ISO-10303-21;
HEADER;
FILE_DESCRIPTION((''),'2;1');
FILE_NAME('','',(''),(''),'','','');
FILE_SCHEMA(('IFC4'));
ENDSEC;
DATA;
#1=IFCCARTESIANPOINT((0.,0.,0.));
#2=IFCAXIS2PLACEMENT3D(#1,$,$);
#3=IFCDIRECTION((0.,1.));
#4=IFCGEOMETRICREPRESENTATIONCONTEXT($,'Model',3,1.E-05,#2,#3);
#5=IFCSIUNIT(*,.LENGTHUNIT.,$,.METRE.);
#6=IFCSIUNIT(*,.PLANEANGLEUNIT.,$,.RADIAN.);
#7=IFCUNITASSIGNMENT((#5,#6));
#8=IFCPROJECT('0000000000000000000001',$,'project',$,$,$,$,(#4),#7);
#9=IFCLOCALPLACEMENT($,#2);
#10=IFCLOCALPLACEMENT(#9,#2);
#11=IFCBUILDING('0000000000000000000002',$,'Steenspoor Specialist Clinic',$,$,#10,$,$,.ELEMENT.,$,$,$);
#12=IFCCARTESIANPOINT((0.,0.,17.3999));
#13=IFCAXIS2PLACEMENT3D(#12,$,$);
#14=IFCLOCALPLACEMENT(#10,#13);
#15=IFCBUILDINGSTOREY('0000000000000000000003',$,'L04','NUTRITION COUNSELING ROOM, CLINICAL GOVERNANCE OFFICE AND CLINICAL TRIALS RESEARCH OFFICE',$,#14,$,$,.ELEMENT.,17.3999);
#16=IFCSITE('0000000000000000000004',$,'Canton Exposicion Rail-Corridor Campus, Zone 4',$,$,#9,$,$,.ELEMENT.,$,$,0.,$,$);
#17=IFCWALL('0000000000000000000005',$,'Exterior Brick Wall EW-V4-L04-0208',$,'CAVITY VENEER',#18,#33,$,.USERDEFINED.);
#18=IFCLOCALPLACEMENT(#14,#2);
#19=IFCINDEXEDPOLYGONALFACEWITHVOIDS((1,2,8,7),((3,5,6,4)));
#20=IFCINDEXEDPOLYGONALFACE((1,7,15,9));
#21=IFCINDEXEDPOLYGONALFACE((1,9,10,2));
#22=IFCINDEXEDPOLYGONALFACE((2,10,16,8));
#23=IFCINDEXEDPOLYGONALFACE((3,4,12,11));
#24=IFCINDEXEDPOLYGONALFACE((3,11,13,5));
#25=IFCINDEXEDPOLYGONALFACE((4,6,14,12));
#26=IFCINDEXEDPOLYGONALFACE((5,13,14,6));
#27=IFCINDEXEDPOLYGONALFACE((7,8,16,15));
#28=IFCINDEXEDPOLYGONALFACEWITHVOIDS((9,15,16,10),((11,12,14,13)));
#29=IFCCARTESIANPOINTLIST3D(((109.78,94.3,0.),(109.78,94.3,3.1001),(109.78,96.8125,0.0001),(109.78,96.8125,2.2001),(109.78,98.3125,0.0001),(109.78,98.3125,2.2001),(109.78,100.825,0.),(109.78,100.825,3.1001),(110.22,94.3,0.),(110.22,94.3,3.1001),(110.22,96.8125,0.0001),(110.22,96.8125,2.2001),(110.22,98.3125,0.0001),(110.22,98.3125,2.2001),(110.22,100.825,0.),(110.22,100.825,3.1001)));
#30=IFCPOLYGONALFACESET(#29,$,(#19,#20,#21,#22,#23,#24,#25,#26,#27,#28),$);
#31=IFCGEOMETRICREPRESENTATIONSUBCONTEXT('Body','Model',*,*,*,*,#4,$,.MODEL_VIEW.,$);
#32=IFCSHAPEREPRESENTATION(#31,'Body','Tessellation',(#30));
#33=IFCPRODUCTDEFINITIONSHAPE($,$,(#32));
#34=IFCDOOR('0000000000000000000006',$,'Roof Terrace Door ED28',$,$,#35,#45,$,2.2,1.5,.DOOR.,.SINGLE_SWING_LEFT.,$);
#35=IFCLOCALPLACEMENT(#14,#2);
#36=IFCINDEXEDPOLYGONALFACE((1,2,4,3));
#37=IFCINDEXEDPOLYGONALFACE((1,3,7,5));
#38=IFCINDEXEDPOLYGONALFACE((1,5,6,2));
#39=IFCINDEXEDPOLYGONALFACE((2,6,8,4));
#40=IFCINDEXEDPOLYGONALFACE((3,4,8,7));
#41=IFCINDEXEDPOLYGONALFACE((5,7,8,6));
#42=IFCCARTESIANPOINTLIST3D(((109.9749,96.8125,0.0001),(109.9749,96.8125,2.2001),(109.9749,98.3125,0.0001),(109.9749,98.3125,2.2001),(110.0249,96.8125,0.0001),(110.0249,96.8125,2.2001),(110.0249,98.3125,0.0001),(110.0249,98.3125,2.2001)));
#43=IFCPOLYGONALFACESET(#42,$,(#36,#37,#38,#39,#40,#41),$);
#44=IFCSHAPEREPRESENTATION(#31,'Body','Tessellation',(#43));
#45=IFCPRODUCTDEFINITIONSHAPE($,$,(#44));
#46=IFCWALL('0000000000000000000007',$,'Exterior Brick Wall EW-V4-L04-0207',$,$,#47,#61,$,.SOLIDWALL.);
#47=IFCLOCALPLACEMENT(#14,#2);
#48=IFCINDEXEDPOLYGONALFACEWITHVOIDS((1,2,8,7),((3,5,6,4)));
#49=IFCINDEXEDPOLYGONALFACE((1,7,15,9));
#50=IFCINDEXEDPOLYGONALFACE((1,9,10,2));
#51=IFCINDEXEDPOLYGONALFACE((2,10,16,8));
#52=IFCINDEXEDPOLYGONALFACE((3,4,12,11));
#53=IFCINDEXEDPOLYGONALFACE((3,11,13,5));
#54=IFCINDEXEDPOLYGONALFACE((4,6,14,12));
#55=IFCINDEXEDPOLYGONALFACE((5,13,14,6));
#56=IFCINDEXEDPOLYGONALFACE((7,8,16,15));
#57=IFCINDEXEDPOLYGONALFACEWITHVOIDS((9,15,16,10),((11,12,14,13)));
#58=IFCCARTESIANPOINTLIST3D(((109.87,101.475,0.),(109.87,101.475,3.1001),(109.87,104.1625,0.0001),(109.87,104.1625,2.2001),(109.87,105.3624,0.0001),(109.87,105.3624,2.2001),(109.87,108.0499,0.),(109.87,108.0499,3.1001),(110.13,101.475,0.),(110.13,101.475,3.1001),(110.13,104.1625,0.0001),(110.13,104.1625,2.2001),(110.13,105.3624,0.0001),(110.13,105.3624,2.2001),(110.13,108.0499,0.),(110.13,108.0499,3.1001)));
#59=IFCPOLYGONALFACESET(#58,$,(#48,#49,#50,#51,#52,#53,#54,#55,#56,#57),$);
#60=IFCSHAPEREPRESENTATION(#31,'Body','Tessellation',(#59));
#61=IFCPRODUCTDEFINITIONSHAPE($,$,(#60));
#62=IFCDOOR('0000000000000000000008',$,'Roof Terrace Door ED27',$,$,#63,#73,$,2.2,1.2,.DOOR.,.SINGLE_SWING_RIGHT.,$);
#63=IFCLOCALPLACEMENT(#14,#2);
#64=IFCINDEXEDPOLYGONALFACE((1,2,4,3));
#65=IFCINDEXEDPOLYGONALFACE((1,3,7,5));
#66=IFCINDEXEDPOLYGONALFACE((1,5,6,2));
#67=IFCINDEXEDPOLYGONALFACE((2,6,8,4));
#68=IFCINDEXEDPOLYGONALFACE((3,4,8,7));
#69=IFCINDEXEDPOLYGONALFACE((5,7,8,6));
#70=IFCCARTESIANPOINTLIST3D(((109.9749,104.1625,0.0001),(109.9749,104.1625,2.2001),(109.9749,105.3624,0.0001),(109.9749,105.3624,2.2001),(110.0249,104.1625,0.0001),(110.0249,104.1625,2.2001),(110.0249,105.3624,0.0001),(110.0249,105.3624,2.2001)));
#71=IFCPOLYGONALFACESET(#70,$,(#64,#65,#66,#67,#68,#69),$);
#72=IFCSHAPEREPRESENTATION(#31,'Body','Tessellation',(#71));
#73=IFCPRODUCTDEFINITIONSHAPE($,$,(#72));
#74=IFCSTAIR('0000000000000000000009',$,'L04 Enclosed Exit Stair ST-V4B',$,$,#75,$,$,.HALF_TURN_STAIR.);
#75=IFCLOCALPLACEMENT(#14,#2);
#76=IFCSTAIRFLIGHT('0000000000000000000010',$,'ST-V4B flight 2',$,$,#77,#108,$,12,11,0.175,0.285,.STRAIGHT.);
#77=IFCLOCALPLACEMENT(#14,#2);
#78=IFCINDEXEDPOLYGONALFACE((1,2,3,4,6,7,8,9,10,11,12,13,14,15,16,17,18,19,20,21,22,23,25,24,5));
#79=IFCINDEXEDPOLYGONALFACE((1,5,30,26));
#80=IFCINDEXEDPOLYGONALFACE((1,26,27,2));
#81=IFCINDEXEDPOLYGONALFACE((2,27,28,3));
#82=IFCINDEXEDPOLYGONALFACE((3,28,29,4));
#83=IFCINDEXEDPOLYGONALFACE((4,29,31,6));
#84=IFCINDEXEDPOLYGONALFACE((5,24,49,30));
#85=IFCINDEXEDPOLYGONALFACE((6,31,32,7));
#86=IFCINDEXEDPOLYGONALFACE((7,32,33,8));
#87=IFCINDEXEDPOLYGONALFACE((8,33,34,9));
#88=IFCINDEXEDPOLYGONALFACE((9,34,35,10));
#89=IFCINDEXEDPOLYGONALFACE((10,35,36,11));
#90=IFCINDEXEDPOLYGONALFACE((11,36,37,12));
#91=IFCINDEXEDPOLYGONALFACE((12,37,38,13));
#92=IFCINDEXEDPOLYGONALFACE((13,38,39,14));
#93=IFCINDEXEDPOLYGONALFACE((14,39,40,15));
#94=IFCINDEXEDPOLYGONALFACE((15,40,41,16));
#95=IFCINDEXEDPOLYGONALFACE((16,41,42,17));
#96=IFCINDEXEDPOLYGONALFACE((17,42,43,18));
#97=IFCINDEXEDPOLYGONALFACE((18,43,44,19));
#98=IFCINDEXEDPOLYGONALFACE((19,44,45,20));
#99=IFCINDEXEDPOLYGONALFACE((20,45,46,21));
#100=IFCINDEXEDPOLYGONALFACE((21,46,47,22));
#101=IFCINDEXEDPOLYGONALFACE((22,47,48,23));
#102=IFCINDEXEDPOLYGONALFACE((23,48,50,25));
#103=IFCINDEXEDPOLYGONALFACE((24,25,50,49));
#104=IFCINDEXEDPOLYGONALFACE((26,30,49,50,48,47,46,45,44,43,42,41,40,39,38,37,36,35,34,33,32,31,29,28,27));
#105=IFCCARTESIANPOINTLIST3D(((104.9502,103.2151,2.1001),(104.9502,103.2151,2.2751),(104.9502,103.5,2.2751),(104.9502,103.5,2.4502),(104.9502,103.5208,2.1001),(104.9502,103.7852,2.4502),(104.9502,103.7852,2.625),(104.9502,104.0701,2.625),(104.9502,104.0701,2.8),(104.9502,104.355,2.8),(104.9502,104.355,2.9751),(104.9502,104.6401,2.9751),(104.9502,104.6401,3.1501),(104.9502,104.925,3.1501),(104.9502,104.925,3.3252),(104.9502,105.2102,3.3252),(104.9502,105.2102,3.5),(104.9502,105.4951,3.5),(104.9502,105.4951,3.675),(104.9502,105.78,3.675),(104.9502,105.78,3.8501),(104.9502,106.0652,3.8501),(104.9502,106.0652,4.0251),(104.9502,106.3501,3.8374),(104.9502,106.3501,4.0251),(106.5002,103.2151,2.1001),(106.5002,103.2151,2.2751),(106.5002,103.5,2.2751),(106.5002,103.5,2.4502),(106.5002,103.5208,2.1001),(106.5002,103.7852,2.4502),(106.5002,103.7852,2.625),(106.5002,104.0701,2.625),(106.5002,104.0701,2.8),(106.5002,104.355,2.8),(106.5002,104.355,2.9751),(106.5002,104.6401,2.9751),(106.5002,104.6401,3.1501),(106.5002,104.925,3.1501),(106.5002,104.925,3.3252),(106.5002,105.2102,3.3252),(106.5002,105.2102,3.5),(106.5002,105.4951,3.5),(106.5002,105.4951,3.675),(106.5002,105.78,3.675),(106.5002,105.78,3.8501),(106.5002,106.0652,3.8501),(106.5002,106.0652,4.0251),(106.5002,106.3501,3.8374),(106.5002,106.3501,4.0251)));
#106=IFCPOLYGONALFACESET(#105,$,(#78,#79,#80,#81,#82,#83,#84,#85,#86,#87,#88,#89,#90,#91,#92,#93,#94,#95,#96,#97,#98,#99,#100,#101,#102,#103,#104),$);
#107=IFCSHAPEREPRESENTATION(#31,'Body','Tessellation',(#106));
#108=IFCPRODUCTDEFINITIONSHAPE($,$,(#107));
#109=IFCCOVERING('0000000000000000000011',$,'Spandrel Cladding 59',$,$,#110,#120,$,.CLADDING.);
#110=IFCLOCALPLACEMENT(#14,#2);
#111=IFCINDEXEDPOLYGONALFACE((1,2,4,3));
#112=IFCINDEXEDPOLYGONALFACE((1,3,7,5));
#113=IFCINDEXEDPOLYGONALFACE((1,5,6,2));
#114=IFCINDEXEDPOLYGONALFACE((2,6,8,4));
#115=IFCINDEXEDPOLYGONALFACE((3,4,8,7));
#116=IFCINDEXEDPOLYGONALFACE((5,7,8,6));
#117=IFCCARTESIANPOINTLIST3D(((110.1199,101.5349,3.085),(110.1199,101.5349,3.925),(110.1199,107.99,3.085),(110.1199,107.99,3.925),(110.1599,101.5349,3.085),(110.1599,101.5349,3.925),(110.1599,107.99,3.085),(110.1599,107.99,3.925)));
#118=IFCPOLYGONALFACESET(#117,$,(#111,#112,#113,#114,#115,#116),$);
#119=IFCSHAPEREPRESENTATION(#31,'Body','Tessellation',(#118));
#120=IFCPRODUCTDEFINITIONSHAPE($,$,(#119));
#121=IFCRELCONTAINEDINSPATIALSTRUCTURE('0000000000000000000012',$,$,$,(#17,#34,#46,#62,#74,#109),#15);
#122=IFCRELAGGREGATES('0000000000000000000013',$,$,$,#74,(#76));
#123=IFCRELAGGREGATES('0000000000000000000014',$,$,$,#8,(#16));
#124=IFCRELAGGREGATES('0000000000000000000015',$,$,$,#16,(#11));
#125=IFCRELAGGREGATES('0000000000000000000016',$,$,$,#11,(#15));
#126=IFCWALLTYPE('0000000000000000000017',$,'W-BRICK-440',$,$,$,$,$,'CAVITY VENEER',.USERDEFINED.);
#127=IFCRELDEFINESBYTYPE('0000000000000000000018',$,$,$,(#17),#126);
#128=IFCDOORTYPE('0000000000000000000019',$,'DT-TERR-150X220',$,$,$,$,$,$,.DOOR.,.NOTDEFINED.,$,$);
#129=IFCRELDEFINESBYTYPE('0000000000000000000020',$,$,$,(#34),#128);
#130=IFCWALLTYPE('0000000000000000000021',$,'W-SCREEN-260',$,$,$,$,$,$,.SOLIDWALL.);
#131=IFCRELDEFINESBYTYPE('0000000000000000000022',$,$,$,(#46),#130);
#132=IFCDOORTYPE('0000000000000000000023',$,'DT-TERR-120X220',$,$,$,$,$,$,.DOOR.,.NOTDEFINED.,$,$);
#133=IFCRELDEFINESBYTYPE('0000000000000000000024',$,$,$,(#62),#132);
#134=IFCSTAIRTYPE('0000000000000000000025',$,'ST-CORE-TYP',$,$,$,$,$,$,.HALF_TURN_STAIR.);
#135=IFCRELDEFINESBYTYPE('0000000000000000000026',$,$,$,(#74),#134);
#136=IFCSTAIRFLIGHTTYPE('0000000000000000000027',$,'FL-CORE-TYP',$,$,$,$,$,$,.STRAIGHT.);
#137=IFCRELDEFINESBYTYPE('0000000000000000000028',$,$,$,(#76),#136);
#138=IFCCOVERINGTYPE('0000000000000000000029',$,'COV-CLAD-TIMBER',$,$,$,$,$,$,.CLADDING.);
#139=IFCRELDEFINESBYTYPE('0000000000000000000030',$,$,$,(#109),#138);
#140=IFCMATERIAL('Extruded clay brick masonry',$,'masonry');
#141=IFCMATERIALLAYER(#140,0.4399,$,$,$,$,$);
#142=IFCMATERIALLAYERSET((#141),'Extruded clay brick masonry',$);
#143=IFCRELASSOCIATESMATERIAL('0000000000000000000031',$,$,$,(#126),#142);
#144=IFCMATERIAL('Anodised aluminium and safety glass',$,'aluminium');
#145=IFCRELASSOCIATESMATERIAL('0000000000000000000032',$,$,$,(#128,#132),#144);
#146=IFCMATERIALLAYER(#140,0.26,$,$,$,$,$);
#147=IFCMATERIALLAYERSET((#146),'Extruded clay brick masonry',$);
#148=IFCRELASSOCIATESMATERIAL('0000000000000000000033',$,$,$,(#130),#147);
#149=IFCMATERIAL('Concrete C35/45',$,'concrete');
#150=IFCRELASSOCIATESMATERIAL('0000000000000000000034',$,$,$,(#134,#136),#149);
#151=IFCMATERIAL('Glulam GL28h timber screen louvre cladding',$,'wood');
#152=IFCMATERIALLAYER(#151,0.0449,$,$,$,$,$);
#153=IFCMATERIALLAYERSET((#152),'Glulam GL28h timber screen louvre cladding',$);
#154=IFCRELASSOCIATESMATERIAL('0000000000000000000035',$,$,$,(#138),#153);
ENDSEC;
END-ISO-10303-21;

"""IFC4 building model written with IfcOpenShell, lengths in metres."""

from ifc_helpers import new_model, si_unit, direction, frame, frame_2d, origin, origin_2d, place, context, subcontext, project, spatial, polyline, rectangle, outline, extrude, material, layer, layer_set, type_object, element, fill, aggregate, save


model = new_model("IFC4")

# Units and contexts
model_context = context("Model", 3, precision=1e-05, world=origin(), true_north=direction((0.0, 1.0)))
body_context = subcontext(model_context, "Body", "Model", "MODEL_VIEW")
ifc_project = project(units=[si_unit("LENGTHUNIT", "METRE"), si_unit("PLANEANGLEUNIT", "RADIAN")], contexts=[model_context])

# Site, building, storey
site_placement = place(None, origin())
site = spatial("IfcSite", under=ifc_project, at=site_placement, Name="Canton Exposicion Rail-Corridor Campus, Zone 4", CompositionType="ELEMENT", RefElevation=0.0)
building_placement = place(site_placement, origin())
building = spatial("IfcBuilding", under=site, at=building_placement, Name="Steenspoor Specialist Clinic", CompositionType="ELEMENT")
storey_placement = place(building_placement, frame((0.0, 0.0, 17.3999)))
storey = spatial("IfcBuildingStorey", under=building, at=storey_placement, Name="L04", Description="NUTRITION COUNSELING ROOM, CLINICAL GOVERNANCE OFFICE AND CLINICAL TRIALS RESEARCH OFFICE", CompositionType="ELEMENT", Elevation=17.3999)

# Shared definitions
ifc_material_1 = material(Name="Concrete C35/45", Category="concrete")

# Shared definitions
ifc_material_2 = material(Name="Extruded clay brick masonry", Category="masonry")

# Walls, openings, doors
ifc_layer_1 = layer(ifc_material_2, 0.4399)
ifc_layer_set_1 = layer_set([ifc_layer_1], Name="Extruded clay brick masonry")
wall_type_1 = type_object("IfcWallType", Name="W-BRICK-440", ElementType="CAVITY VENEER", PredefinedType="USERDEFINED", material=ifc_layer_set_1)
wall_1_placement = place(storey_placement, frame((110.0, 100.825, 0.0), z_axis=(0.0, 0.0, 1.0), x_axis=(0.0, -1.0, 0.0)))
wall_1 = element("IfcWall", 1, at=wall_1_placement, inside=storey, type_object=wall_type_1, Name="Exterior Brick Wall EW-V4-L04-0208", ObjectType="CAVITY VENEER", PredefinedType="USERDEFINED", context=body_context, shape_type="SweptSolid", body=[
    extrude(rectangle(XDim=6.5249, YDim=0.4399, at=frame_2d((3.2625, 0.0))), origin(), (0.0, 0.0, 1.0), 3.1001),
])
opening_1_placement = place(wall_1_placement, frame((2.5125, 0.0, 0.0)))
opening_1 = element("IfcOpeningElement", 2, at=opening_1_placement, cuts=wall_1, PredefinedType="OPENING", context=body_context, shape_type="SweptSolid", body=[
    extrude(rectangle(XDim=1.5, YDim=2.2, at=frame_2d((0.75, 1.1001))), frame((0.0, 0.23, 0.0), z_axis=(0.0, -1.0, 0.0), x_axis=(1.0, 0.0, 0.0)), (0.0, 0.0, 1.0), 0.46),
])
ifc_material_3 = material(Name="Anodised aluminium and safety glass", Category="aluminium")
door_type_1 = type_object("IfcDoorType", Name="DT-TERR-150X220", OperationType="NOTDEFINED", PredefinedType="DOOR", material=ifc_material_3)
door_1_placement = place(opening_1_placement, origin())
door_1 = element("IfcDoor", 3, at=door_1_placement, inside=storey, type_object=door_type_1, Name="Roof Terrace Door ED28", OperationType="SINGLE_SWING_LEFT", OverallHeight=2.2, OverallWidth=1.5, PredefinedType="DOOR", context=body_context, shape_type="SweptSolid", body=[
    extrude(rectangle(XDim=1.5, YDim=2.2, at=frame_2d((0.75, 1.1001))), frame((0.0, 0.0249, 0.0), z_axis=(0.0, -1.0, 0.0), x_axis=(1.0, 0.0, 0.0)), (0.0, 0.0, 1.0), 0.05),
])
fill(opening_1, door_1)
ifc_layer_2 = layer(ifc_material_2, 0.26)
ifc_layer_set_2 = layer_set([ifc_layer_2], Name="Extruded clay brick masonry")
wall_type_2 = type_object("IfcWallType", Name="W-SCREEN-260", PredefinedType="SOLIDWALL", material=ifc_layer_set_2)
wall_2_placement = place(storey_placement, frame((110.0, 108.05, 0.0), z_axis=(0.0, 0.0, 1.0), x_axis=(0.0, -1.0, 0.0)))
wall_2 = element("IfcWall", 4, at=wall_2_placement, inside=storey, type_object=wall_type_2, Name="Exterior Brick Wall EW-V4-L04-0207", PredefinedType="SOLIDWALL", context=body_context, shape_type="SweptSolid", body=[
    extrude(rectangle(XDim=6.575, YDim=0.26, at=frame_2d((3.2876, 0.0))), origin(), (0.0, 0.0, 1.0), 3.1001),
])
opening_2_placement = place(wall_2_placement, frame((2.6875, 0.0, 0.0)))
opening_2 = element("IfcOpeningElement", 5, at=opening_2_placement, cuts=wall_2, PredefinedType="OPENING", context=body_context, shape_type="SweptSolid", body=[
    extrude(rectangle(XDim=1.2, YDim=2.2, at=frame_2d((0.6001, 1.1001))), frame((0.0, 0.1401, 0.0), z_axis=(0.0, -1.0, 0.0), x_axis=(1.0, 0.0, 0.0)), (0.0, 0.0, 1.0), 0.28),
])
door_type_2 = type_object("IfcDoorType", Name="DT-TERR-120X220", OperationType="NOTDEFINED", PredefinedType="DOOR", material=ifc_material_3)
door_2_placement = place(opening_2_placement, origin())
door_2 = element("IfcDoor", 6, at=door_2_placement, inside=storey, type_object=door_type_2, Name="Roof Terrace Door ED27", OperationType="SINGLE_SWING_RIGHT", OverallHeight=2.2, OverallWidth=1.2, PredefinedType="DOOR", context=body_context, shape_type="SweptSolid", body=[
    extrude(rectangle(XDim=1.2, YDim=2.2, at=frame_2d((0.6001, 1.1001))), frame((0.0, 0.0249, 0.0), z_axis=(0.0, -1.0, 0.0), x_axis=(1.0, 0.0, 0.0)), (0.0, 0.0, 1.0), 0.05),
])
fill(opening_2, door_2)

# Stair, stair flight
stair_type = type_object("IfcStairType", Name="ST-CORE-TYP", PredefinedType="HALF_TURN_STAIR", material=ifc_material_1)
stair_placement = place(storey_placement, origin())
stair = element("IfcStair", 7, at=stair_placement, inside=storey, type_object=stair_type, Name="L04 Enclosed Exit Stair ST-V4B", PredefinedType="HALF_TURN_STAIR")
stair_flight_type = type_object("IfcStairFlightType", Name="FL-CORE-TYP", PredefinedType="STRAIGHT", material=ifc_material_1)
stair_flight_placement = place(storey_placement, frame((105.7251, 103.2151, 2.1001), z_axis=(0.0, 0.0, 1.0), x_axis=(0.0, 1.0, 0.0)))
stair_flight = element("IfcStairFlight", 8, at=stair_flight_placement, type_object=stair_flight_type, Name="ST-V4B flight 2", NumberOfRisers=12, NumberOfTreads=11, PredefinedType="STRAIGHT", RiserHeight=0.175, TreadLength=0.285, context=body_context, shape_type="SweptSolid", body=[
    extrude(outline(polyline([(0.0, 0.0), (0.0, 0.175), (0.2849, 0.175), (0.2849, 0.3501), (0.5701, 0.3501), (0.5701, 0.5249), (0.855, 0.5249), (0.855, 0.7), (1.1399, 0.7), (1.1399, 0.875), (1.425, 0.875), (1.425, 1.05), (1.71, 1.05), (1.71, 1.2251), (1.9951, 1.2251), (1.9951, 1.3999), (2.28, 1.3999), (2.28, 1.575), (2.5649, 1.575), (2.5649, 1.75), (2.8501, 1.75), (2.8501, 1.925), (3.135, 1.925), (3.135, 2.1001), (3.135, 1.7373), (0.3057, 0.0), (0.0, 0.0)])), frame((0.0, 0.7749, 0.0), z_axis=(0.0, -1.0, 0.0), x_axis=(1.0, 0.0, 0.0)), (0.0, 0.0, 1.0), 1.55),
])
aggregate(stair, [stair_flight])

# Covering
ifc_material_4 = material(Name="Glulam GL28h timber screen louvre cladding", Category="wood")
ifc_layer_3 = layer(ifc_material_4, 0.0449)
ifc_layer_set_3 = layer_set([ifc_layer_3], Name="Glulam GL28h timber screen louvre cladding")
covering_type = type_object("IfcCoveringType", Name="COV-CLAD-TIMBER", PredefinedType="CLADDING", material=ifc_layer_set_3)
covering_placement = place(storey_placement, frame((110.1399, 104.7625, 3.085), z_axis=(0.0, 0.0, 1.0), x_axis=(0.0, -1.0, 0.0)))
element("IfcCovering", 9, at=covering_placement, inside=storey, type_object=covering_type, Name="Spandrel Cladding 59", PredefinedType="CLADDING", context=body_context, shape_type="SweptSolid", body=[
    extrude(rectangle(XDim=6.4551, YDim=0.04, at=origin_2d()), origin(), (0.0, 0.0, 1.0), 0.8401),
])

save(model, "model.ifc")
